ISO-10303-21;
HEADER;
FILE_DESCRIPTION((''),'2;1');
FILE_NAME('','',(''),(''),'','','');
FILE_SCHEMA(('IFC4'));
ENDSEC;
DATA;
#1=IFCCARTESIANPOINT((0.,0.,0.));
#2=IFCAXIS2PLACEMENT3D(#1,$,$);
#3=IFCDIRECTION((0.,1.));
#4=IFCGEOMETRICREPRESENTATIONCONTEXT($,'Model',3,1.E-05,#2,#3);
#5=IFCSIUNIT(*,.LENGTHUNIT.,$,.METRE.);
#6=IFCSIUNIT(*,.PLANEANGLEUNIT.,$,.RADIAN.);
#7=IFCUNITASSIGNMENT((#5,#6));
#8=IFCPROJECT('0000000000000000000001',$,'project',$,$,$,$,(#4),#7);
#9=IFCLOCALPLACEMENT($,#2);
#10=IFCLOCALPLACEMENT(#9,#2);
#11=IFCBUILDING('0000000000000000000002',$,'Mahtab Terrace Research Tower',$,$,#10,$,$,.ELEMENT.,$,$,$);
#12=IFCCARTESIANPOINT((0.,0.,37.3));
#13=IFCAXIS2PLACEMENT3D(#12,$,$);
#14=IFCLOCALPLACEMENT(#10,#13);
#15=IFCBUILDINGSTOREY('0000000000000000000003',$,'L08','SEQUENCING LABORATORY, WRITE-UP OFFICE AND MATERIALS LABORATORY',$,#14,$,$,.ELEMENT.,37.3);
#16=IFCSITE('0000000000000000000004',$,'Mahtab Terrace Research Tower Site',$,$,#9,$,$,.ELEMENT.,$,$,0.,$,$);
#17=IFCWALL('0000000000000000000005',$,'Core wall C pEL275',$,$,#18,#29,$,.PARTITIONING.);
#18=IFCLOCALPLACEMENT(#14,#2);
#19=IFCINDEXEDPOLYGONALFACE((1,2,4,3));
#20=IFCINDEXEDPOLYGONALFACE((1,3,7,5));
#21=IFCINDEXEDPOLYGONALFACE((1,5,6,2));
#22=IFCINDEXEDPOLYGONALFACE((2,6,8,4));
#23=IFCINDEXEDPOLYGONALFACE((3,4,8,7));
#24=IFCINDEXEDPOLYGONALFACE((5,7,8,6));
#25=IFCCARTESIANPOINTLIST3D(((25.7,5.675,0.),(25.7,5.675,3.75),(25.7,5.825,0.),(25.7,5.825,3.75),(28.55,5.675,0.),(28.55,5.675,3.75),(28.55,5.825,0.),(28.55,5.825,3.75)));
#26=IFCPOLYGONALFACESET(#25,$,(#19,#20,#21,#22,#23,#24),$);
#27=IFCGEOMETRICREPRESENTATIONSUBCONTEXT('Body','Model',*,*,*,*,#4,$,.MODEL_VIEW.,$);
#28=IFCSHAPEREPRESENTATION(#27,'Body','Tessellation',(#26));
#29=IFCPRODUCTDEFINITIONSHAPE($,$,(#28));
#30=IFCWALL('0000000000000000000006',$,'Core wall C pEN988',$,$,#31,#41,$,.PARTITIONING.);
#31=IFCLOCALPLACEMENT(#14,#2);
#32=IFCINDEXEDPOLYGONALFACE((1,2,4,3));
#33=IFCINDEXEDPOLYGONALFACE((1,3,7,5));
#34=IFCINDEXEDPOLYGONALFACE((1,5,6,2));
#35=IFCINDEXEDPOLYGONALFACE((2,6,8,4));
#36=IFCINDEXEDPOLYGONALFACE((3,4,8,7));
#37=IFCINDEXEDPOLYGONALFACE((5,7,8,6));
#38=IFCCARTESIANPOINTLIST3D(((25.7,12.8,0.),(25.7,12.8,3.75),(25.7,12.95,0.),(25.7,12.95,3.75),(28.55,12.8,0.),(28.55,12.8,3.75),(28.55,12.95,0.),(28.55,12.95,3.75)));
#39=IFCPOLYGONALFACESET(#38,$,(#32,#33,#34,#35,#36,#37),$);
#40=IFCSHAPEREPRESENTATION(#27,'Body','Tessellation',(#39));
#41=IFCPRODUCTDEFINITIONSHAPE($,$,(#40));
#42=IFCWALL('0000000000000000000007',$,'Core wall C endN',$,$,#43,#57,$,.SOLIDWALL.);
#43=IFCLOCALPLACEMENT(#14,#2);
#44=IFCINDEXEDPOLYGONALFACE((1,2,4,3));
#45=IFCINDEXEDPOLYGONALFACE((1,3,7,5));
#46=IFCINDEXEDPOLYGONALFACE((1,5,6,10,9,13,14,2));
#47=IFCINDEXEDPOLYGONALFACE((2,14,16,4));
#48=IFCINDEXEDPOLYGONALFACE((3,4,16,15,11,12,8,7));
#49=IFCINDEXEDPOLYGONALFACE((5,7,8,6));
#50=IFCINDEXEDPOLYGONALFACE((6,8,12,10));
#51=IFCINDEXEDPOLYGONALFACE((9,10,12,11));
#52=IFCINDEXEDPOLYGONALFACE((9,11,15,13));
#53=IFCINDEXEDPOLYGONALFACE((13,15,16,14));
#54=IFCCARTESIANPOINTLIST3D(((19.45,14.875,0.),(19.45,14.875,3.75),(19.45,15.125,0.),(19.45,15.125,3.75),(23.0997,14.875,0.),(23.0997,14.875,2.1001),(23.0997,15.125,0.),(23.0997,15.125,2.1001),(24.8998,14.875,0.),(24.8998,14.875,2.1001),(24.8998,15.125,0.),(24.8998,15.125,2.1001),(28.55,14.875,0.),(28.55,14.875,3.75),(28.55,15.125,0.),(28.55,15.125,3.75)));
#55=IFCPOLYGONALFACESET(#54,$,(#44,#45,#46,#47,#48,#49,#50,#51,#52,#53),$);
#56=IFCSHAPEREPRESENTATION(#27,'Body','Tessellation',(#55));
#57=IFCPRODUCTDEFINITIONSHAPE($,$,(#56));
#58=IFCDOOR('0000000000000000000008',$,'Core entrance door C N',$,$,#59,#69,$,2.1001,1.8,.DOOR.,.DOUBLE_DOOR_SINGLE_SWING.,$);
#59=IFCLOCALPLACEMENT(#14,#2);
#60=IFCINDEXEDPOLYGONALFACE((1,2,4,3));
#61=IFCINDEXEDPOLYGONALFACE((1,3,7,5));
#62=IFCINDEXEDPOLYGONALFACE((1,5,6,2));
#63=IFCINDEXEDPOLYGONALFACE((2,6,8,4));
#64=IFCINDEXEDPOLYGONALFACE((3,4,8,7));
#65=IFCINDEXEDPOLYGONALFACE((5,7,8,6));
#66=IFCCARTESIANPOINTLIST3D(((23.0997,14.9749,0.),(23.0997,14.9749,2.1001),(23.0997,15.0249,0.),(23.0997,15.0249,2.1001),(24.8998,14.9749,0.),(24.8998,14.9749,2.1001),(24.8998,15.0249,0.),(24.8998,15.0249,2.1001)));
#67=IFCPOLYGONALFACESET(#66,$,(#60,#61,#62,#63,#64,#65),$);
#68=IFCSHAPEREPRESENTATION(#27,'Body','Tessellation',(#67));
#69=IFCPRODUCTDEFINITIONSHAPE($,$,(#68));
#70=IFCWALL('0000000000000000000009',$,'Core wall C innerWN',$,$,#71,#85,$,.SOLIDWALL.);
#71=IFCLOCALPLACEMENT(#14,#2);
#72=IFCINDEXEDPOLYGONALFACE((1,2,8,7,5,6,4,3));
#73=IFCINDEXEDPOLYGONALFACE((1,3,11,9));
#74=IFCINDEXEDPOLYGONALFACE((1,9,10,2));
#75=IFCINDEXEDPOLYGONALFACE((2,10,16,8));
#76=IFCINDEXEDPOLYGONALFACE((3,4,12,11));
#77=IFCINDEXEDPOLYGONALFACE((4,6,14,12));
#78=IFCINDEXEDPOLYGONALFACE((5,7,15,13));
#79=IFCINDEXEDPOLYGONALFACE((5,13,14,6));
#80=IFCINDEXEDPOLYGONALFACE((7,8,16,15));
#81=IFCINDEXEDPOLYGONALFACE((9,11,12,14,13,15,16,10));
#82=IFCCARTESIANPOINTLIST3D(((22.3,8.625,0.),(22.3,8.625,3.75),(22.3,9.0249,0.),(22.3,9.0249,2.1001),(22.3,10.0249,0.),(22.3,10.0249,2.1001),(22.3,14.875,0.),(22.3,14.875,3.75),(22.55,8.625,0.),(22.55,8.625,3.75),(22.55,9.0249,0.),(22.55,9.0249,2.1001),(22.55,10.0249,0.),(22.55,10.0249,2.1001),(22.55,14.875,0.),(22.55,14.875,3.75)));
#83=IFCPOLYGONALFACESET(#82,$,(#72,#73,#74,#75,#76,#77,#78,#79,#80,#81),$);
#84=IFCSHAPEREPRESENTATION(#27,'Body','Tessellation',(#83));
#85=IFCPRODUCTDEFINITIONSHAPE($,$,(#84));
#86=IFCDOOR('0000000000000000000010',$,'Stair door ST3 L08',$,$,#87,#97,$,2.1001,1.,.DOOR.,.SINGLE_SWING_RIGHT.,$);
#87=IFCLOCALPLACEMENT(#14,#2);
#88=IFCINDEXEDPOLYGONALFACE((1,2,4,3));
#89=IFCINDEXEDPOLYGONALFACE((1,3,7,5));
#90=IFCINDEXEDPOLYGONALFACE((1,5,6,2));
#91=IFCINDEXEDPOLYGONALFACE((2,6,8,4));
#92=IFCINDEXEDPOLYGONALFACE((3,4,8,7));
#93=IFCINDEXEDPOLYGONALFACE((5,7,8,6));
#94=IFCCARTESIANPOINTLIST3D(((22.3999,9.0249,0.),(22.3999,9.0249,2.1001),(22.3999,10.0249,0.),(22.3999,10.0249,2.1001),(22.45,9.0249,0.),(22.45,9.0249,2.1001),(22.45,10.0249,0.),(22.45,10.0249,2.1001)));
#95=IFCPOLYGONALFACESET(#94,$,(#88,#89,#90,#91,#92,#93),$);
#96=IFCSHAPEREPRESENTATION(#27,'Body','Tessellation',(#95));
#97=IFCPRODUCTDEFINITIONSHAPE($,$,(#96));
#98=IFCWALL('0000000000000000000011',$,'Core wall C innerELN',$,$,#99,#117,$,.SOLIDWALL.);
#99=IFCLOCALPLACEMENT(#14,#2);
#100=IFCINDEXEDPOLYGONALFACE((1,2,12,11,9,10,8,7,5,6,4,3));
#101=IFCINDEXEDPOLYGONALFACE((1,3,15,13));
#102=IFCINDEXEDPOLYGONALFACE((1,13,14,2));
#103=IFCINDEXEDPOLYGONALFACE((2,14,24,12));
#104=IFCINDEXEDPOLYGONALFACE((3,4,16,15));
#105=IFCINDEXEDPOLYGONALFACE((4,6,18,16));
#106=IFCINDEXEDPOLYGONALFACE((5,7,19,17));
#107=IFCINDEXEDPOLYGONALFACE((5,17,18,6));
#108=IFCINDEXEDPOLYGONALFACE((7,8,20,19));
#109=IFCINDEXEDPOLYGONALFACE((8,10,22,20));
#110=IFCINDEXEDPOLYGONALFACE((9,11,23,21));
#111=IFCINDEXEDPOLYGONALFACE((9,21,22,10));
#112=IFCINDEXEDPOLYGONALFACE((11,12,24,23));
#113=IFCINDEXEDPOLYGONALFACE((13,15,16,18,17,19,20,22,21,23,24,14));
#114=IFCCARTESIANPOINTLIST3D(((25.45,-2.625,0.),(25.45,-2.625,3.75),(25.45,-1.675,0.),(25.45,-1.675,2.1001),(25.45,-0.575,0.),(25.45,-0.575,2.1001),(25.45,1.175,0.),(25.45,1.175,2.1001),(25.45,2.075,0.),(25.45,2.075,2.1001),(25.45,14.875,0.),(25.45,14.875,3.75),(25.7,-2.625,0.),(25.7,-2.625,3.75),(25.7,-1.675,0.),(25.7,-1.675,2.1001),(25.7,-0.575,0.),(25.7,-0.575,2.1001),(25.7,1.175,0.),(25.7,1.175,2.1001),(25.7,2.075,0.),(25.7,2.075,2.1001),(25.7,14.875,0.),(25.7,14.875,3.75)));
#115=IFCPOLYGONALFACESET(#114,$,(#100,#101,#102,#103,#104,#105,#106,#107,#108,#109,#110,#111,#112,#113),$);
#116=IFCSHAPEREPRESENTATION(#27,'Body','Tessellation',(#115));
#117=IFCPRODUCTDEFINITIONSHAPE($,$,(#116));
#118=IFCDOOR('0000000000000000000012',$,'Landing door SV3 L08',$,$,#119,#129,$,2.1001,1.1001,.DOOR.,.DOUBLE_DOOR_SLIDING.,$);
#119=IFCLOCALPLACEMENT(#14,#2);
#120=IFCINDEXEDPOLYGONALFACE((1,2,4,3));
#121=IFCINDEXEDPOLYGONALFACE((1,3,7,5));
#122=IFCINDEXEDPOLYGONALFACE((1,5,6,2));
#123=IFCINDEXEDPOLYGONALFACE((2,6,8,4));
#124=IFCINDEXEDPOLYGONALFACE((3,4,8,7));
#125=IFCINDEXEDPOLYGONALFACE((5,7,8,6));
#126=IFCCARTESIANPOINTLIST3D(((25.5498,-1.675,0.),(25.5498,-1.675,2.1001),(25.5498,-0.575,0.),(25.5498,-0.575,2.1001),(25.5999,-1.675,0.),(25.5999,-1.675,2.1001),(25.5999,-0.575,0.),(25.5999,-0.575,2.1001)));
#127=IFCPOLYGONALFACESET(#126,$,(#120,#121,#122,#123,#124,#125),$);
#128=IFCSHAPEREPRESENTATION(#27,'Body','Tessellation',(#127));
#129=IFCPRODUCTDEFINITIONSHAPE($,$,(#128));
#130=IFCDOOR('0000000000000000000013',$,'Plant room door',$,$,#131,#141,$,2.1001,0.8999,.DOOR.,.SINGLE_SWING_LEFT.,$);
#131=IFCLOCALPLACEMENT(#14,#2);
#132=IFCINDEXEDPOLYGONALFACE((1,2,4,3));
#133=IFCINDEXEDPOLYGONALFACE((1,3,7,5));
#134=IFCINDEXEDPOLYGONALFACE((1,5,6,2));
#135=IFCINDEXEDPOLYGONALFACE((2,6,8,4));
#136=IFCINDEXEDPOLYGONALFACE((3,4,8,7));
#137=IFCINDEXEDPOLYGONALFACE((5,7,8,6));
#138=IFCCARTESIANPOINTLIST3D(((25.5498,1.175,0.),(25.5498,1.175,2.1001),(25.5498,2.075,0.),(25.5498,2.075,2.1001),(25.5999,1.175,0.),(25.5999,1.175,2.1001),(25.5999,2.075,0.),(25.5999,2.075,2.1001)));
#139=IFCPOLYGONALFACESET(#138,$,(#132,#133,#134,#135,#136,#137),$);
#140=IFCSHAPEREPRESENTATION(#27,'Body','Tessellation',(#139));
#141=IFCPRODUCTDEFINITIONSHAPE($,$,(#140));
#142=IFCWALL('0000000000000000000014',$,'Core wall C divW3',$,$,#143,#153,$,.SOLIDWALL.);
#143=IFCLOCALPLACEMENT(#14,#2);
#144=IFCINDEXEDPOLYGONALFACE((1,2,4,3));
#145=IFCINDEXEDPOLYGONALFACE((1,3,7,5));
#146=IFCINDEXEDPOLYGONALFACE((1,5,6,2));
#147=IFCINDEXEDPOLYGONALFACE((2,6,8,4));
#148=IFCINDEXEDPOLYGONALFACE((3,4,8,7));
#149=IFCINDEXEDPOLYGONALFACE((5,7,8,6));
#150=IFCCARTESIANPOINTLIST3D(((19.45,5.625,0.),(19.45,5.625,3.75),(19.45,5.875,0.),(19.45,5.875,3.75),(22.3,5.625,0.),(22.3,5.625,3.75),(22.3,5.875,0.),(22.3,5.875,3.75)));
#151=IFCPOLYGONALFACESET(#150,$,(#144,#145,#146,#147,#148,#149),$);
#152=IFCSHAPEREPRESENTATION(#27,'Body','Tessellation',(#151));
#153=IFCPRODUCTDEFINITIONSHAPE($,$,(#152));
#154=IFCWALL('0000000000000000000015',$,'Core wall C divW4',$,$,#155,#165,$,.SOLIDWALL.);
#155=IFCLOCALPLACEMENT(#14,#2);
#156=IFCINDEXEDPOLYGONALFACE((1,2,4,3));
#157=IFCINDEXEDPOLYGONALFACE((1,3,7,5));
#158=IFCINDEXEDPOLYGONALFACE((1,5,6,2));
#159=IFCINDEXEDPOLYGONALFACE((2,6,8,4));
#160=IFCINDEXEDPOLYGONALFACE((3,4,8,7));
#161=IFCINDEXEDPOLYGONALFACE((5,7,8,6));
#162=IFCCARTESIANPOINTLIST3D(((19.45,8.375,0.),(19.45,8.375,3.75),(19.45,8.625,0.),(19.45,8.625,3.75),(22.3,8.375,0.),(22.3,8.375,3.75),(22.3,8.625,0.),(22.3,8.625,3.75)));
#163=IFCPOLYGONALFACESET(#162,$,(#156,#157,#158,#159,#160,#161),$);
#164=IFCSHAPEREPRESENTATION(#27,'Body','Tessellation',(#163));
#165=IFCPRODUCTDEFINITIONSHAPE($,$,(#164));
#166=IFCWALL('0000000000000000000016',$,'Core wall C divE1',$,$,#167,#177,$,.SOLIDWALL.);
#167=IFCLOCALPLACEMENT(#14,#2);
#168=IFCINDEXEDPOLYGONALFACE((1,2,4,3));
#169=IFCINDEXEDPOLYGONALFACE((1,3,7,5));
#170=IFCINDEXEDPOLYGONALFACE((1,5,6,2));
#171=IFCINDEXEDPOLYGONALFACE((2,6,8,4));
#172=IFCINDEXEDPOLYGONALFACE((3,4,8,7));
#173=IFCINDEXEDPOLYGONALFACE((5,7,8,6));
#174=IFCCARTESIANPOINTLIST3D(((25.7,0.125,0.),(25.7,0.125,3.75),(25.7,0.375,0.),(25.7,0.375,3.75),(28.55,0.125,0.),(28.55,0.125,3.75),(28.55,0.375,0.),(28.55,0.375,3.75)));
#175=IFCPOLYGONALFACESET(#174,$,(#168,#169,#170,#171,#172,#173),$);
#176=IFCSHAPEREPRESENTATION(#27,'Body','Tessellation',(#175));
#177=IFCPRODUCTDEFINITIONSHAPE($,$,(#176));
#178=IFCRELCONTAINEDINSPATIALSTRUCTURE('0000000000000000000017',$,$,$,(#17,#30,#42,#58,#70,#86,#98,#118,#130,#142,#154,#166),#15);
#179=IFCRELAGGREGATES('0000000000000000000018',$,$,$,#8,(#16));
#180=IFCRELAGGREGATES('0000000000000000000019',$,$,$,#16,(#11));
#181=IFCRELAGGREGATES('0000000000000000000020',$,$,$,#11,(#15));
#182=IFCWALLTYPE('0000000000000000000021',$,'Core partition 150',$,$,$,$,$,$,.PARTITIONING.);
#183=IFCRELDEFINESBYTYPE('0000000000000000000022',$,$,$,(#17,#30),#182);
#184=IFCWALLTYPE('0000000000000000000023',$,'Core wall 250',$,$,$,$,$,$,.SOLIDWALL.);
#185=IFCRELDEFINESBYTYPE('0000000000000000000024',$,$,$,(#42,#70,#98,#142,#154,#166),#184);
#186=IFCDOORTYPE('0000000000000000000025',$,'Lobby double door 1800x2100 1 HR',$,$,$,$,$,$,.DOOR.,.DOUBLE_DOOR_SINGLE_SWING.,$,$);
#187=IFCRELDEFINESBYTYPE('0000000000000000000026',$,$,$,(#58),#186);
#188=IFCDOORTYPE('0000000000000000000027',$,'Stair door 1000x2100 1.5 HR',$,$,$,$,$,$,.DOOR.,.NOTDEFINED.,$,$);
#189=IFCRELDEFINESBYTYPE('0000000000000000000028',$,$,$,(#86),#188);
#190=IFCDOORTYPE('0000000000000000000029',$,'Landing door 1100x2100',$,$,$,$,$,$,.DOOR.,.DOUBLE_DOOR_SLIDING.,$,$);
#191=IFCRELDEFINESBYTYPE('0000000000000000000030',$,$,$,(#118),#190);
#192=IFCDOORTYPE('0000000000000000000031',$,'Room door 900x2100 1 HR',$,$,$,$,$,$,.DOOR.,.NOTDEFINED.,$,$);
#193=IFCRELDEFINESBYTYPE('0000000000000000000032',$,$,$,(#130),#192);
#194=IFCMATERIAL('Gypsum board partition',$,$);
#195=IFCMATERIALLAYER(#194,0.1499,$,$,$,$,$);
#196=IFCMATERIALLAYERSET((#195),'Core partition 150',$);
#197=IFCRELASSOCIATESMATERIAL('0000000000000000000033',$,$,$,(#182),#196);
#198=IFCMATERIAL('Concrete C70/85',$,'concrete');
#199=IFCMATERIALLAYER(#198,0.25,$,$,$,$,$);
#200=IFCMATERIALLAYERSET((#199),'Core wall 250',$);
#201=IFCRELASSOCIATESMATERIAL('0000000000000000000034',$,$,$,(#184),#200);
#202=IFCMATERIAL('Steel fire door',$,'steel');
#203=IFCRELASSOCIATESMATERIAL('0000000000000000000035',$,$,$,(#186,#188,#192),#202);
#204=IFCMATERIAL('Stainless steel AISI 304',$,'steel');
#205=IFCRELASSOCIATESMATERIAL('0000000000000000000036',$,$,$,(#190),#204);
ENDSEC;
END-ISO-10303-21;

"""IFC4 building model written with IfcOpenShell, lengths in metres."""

from ifc_helpers import new_model, si_unit, direction, frame, frame_2d, origin, place, context, subcontext, project, spatial, rectangle, extrude, material, layer, layer_set, type_object, element, fill, save


model = new_model("IFC4")

# Units and contexts
model_context = context("Model", 3, precision=1e-05, world=origin(), true_north=direction((0.0, 1.0)))
body_context = subcontext(model_context, "Body", "Model", "MODEL_VIEW")
ifc_project = project(units=[si_unit("LENGTHUNIT", "METRE"), si_unit("PLANEANGLEUNIT", "RADIAN")], contexts=[model_context])

# Site, building, storey
site_placement = place(None, origin())
site = spatial("IfcSite", under=ifc_project, at=site_placement, Name="Mahtab Terrace Research Tower Site", CompositionType="ELEMENT", RefElevation=0.0)
building_placement = place(site_placement, origin())
building = spatial("IfcBuilding", under=site, at=building_placement, Name="Mahtab Terrace Research Tower", CompositionType="ELEMENT")
storey_placement = place(building_placement, frame((0.0, 0.0, 37.3)))
storey = spatial("IfcBuildingStorey", under=building, at=storey_placement, Name="L08", Description="SEQUENCING LABORATORY, WRITE-UP OFFICE AND MATERIALS LABORATORY", CompositionType="ELEMENT", Elevation=37.3)

# Shared definitions
ifc_material_1 = material(Name="Concrete C70/85", Category="concrete")

# Walls
ifc_material_2 = material(Name="Gypsum board partition")
ifc_layer_1 = layer(ifc_material_2, 0.1499)
ifc_layer_set_1 = layer_set([ifc_layer_1], Name="Core partition 150")
wall_type_1 = type_object("IfcWallType", Name="Core partition 150", PredefinedType="PARTITIONING", material=ifc_layer_set_1)
for number, where, z_axis, x_axis, name in (
    (1, (25.7, 5.75, 0.0), (0.0, 0.0, 1.0), (1.0, 0.0, 0.0), "Core wall C pEL275"),
    (2, (25.7, 12.875, 0.0), (0.0, 0.0, 1.0), (1.0, 0.0, 0.0), "Core wall C pEN988"),
):
    element("IfcWall", number, at=place(storey_placement, frame(where, z_axis=z_axis, x_axis=x_axis)), inside=storey, type_object=wall_type_1, Name=name, PredefinedType="PARTITIONING", context=body_context, shape_type="SweptSolid", body=[
        extrude(rectangle(XDim=2.8501, YDim=0.1499, at=frame_2d((1.425, 0.0))), origin(), (0.0, 0.0, 1.0), 3.75),
    ])

# Walls, openings, doors
ifc_layer_2 = layer(ifc_material_1, 0.25)
ifc_layer_set_2 = layer_set([ifc_layer_2], Name="Core wall 250")
wall_type_2 = type_object("IfcWallType", Name="Core wall 250", PredefinedType="SOLIDWALL", material=ifc_layer_set_2)
wall_1_placement = place(storey_placement, frame((19.45, 15.0, 0.0), z_axis=(0.0, 0.0, 1.0), x_axis=(1.0, 0.0, 0.0)))
wall_1 = element("IfcWall", 3, at=wall_1_placement, inside=storey, type_object=wall_type_2, Name="Core wall C endN", PredefinedType="SOLIDWALL", context=body_context, shape_type="SweptSolid", body=[
    extrude(rectangle(XDim=9.1001, YDim=0.25, at=frame_2d((4.55, 0.0))), origin(), (0.0, 0.0, 1.0), 3.75),
])
opening_1_placement = place(wall_1_placement, frame((3.6499, 0.0, 0.0)))
opening_1 = element("IfcOpeningElement", 4, at=opening_1_placement, cuts=wall_1, PredefinedType="OPENING", context=body_context, shape_type="SweptSolid", body=[
    extrude(rectangle(XDim=1.8, YDim=2.1001, at=frame_2d((0.8999, 1.05))), frame((0.0, 0.135, 0.0), z_axis=(0.0, -1.0, 0.0), x_axis=(1.0, 0.0, 0.0)), (0.0, 0.0, 1.0), 0.27),
])
ifc_material_3 = material(Name="Steel fire door", Category="steel")
door_type_1 = type_object("IfcDoorType", Name="Lobby double door 1800x2100 1 HR", OperationType="DOUBLE_DOOR_SINGLE_SWING", PredefinedType="DOOR", material=ifc_material_3)
door_1_placement = place(opening_1_placement, origin())
door_1 = element("IfcDoor", 5, at=door_1_placement, inside=storey, type_object=door_type_1, Name="Core entrance door C N", OperationType="DOUBLE_DOOR_SINGLE_SWING", OverallHeight=2.1001, OverallWidth=1.8, PredefinedType="DOOR", context=body_context, shape_type="SweptSolid", body=[
    extrude(rectangle(XDim=1.8, YDim=2.1001, at=frame_2d((0.8999, 1.05))), frame((0.0, 0.0249, 0.0), z_axis=(0.0, -1.0, 0.0), x_axis=(1.0, 0.0, 0.0)), (0.0, 0.0, 1.0), 0.05),
])
fill(opening_1, door_1)
wall_2_placement = place(storey_placement, frame((22.425, 14.875, 0.0), z_axis=(0.0, 0.0, 1.0), x_axis=(0.0, -1.0, 0.0)))
wall_2 = element("IfcWall", 6, at=wall_2_placement, inside=storey, type_object=wall_type_2, Name="Core wall C innerWN", PredefinedType="SOLIDWALL", context=body_context, shape_type="SweptSolid", body=[
    extrude(rectangle(XDim=6.25, YDim=0.25, at=frame_2d((3.125, 0.0))), origin(), (0.0, 0.0, 1.0), 3.75),
])
opening_2_placement = place(wall_2_placement, frame((4.8501, 0.0, 0.0)))
opening_2 = element("IfcOpeningElement", 7, at=opening_2_placement, cuts=wall_2, PredefinedType="OPENING", context=body_context, shape_type="SweptSolid", body=[
    extrude(rectangle(XDim=1.0, YDim=2.1001, at=frame_2d((0.5, 1.05))), frame((0.0, 0.135, 0.0), z_axis=(0.0, -1.0, 0.0), x_axis=(1.0, 0.0, 0.0)), (0.0, 0.0, 1.0), 0.27),
])
door_type_2 = type_object("IfcDoorType", Name="Stair door 1000x2100 1.5 HR", OperationType="NOTDEFINED", PredefinedType="DOOR", material=ifc_material_3)
door_2_placement = place(opening_2_placement, origin())
door_2 = element("IfcDoor", 8, at=door_2_placement, inside=storey, type_object=door_type_2, Name="Stair door ST3 L08", OperationType="SINGLE_SWING_RIGHT", OverallHeight=2.1001, OverallWidth=1.0, PredefinedType="DOOR", context=body_context, shape_type="SweptSolid", body=[
    extrude(rectangle(XDim=1.0, YDim=2.1001, at=frame_2d((0.5, 1.05))), frame((0.0, 0.0249, 0.0), z_axis=(0.0, -1.0, 0.0), x_axis=(1.0, 0.0, 0.0)), (0.0, 0.0, 1.0), 0.05),
])
fill(opening_2, door_2)

# Wall, openings, doors
wall_3_placement = place(storey_placement, frame((25.575, 14.875, 0.0), z_axis=(0.0, 0.0, 1.0), x_axis=(0.0, -1.0, 0.0)))
wall_3 = element("IfcWall", 9, at=wall_3_placement, inside=storey, type_object=wall_type_2, Name="Core wall C innerELN", PredefinedType="SOLIDWALL", context=body_context, shape_type="SweptSolid", body=[
    extrude(rectangle(XDim=17.5, YDim=0.25, at=frame_2d((8.75, 0.0))), origin(), (0.0, 0.0, 1.0), 3.75),
])
opening_3_placement = place(wall_3_placement, frame((15.45, 0.0, 0.0)))
opening_3 = element("IfcOpeningElement", 10, at=opening_3_placement, cuts=wall_3, PredefinedType="OPENING", context=body_context, shape_type="SweptSolid", body=[
    extrude(rectangle(XDim=1.1001, YDim=2.1001, at=frame_2d((0.55, 1.05))), frame((0.0, 0.135, 0.0), z_axis=(0.0, -1.0, 0.0), x_axis=(1.0, 0.0, 0.0)), (0.0, 0.0, 1.0), 0.27),
])
opening_4_placement = place(wall_3_placement, frame((12.8, 0.0, 0.0)))
opening_4 = element("IfcOpeningElement", 11, at=opening_4_placement, cuts=wall_3, PredefinedType="OPENING", context=body_context, shape_type="SweptSolid", body=[
    extrude(rectangle(XDim=0.8999, YDim=2.1001, at=frame_2d((0.45, 1.05))), frame((0.0, 0.135, 0.0), z_axis=(0.0, -1.0, 0.0), x_axis=(1.0, 0.0, 0.0)), (0.0, 0.0, 1.0), 0.27),
])
ifc_material_4 = material(Name="Stainless steel AISI 304", Category="steel")
door_type_3 = type_object("IfcDoorType", Name="Landing door 1100x2100", OperationType="DOUBLE_DOOR_SLIDING", PredefinedType="DOOR", material=ifc_material_4)
door_3_placement = place(opening_3_placement, origin())
door_3 = element("IfcDoor", 12, at=door_3_placement, inside=storey, type_object=door_type_3, Name="Landing door SV3 L08", OperationType="DOUBLE_DOOR_SLIDING", OverallHeight=2.1001, OverallWidth=1.1001, PredefinedType="DOOR", context=body_context, shape_type="SweptSolid", body=[
    extrude(rectangle(XDim=1.1001, YDim=2.1001, at=frame_2d((0.55, 1.05))), frame((0.0, 0.0249, 0.0), z_axis=(0.0, -1.0, 0.0), x_axis=(1.0, 0.0, 0.0)), (0.0, 0.0, 1.0), 0.05),
])
fill(opening_3, door_3)
door_type_4 = type_object("IfcDoorType", Name="Room door 900x2100 1 HR", OperationType="NOTDEFINED", PredefinedType="DOOR", material=ifc_material_3)
door_4_placement = place(opening_4_placement, origin())
door_4 = element("IfcDoor", 13, at=door_4_placement, inside=storey, type_object=door_type_4, Name="Plant room door", OperationType="SINGLE_SWING_LEFT", OverallHeight=2.1001, OverallWidth=0.8999, PredefinedType="DOOR", context=body_context, shape_type="SweptSolid", body=[
    extrude(rectangle(XDim=0.8999, YDim=2.1001, at=frame_2d((0.45, 1.05))), frame((0.0, 0.0249, 0.0), z_axis=(0.0, -1.0, 0.0), x_axis=(1.0, 0.0, 0.0)), (0.0, 0.0, 1.0), 0.05),
])
fill(opening_4, door_4)

# Walls
for number, where, z_axis, x_axis, name in (
    (14, (19.45, 5.75, 0.0), (0.0, 0.0, 1.0), (1.0, 0.0, 0.0), "Core wall C divW3"),
    (15, (19.45, 8.5, 0.0), (0.0, 0.0, 1.0), (1.0, 0.0, 0.0), "Core wall C divW4"),
    (16, (25.7, 0.25, 0.0), (0.0, 0.0, 1.0), (1.0, 0.0, 0.0), "Core wall C divE1"),
):
    element("IfcWall", number, at=place(storey_placement, frame(where, z_axis=z_axis, x_axis=x_axis)), inside=storey, type_object=wall_type_2, Name=name, PredefinedType="SOLIDWALL", context=body_context, shape_type="SweptSolid", body=[
        extrude(rectangle(XDim=2.8501, YDim=0.25, at=frame_2d((1.425, 0.0))), origin(), (0.0, 0.0, 1.0), 3.75),
    ])

save(model, "model.ifc")
